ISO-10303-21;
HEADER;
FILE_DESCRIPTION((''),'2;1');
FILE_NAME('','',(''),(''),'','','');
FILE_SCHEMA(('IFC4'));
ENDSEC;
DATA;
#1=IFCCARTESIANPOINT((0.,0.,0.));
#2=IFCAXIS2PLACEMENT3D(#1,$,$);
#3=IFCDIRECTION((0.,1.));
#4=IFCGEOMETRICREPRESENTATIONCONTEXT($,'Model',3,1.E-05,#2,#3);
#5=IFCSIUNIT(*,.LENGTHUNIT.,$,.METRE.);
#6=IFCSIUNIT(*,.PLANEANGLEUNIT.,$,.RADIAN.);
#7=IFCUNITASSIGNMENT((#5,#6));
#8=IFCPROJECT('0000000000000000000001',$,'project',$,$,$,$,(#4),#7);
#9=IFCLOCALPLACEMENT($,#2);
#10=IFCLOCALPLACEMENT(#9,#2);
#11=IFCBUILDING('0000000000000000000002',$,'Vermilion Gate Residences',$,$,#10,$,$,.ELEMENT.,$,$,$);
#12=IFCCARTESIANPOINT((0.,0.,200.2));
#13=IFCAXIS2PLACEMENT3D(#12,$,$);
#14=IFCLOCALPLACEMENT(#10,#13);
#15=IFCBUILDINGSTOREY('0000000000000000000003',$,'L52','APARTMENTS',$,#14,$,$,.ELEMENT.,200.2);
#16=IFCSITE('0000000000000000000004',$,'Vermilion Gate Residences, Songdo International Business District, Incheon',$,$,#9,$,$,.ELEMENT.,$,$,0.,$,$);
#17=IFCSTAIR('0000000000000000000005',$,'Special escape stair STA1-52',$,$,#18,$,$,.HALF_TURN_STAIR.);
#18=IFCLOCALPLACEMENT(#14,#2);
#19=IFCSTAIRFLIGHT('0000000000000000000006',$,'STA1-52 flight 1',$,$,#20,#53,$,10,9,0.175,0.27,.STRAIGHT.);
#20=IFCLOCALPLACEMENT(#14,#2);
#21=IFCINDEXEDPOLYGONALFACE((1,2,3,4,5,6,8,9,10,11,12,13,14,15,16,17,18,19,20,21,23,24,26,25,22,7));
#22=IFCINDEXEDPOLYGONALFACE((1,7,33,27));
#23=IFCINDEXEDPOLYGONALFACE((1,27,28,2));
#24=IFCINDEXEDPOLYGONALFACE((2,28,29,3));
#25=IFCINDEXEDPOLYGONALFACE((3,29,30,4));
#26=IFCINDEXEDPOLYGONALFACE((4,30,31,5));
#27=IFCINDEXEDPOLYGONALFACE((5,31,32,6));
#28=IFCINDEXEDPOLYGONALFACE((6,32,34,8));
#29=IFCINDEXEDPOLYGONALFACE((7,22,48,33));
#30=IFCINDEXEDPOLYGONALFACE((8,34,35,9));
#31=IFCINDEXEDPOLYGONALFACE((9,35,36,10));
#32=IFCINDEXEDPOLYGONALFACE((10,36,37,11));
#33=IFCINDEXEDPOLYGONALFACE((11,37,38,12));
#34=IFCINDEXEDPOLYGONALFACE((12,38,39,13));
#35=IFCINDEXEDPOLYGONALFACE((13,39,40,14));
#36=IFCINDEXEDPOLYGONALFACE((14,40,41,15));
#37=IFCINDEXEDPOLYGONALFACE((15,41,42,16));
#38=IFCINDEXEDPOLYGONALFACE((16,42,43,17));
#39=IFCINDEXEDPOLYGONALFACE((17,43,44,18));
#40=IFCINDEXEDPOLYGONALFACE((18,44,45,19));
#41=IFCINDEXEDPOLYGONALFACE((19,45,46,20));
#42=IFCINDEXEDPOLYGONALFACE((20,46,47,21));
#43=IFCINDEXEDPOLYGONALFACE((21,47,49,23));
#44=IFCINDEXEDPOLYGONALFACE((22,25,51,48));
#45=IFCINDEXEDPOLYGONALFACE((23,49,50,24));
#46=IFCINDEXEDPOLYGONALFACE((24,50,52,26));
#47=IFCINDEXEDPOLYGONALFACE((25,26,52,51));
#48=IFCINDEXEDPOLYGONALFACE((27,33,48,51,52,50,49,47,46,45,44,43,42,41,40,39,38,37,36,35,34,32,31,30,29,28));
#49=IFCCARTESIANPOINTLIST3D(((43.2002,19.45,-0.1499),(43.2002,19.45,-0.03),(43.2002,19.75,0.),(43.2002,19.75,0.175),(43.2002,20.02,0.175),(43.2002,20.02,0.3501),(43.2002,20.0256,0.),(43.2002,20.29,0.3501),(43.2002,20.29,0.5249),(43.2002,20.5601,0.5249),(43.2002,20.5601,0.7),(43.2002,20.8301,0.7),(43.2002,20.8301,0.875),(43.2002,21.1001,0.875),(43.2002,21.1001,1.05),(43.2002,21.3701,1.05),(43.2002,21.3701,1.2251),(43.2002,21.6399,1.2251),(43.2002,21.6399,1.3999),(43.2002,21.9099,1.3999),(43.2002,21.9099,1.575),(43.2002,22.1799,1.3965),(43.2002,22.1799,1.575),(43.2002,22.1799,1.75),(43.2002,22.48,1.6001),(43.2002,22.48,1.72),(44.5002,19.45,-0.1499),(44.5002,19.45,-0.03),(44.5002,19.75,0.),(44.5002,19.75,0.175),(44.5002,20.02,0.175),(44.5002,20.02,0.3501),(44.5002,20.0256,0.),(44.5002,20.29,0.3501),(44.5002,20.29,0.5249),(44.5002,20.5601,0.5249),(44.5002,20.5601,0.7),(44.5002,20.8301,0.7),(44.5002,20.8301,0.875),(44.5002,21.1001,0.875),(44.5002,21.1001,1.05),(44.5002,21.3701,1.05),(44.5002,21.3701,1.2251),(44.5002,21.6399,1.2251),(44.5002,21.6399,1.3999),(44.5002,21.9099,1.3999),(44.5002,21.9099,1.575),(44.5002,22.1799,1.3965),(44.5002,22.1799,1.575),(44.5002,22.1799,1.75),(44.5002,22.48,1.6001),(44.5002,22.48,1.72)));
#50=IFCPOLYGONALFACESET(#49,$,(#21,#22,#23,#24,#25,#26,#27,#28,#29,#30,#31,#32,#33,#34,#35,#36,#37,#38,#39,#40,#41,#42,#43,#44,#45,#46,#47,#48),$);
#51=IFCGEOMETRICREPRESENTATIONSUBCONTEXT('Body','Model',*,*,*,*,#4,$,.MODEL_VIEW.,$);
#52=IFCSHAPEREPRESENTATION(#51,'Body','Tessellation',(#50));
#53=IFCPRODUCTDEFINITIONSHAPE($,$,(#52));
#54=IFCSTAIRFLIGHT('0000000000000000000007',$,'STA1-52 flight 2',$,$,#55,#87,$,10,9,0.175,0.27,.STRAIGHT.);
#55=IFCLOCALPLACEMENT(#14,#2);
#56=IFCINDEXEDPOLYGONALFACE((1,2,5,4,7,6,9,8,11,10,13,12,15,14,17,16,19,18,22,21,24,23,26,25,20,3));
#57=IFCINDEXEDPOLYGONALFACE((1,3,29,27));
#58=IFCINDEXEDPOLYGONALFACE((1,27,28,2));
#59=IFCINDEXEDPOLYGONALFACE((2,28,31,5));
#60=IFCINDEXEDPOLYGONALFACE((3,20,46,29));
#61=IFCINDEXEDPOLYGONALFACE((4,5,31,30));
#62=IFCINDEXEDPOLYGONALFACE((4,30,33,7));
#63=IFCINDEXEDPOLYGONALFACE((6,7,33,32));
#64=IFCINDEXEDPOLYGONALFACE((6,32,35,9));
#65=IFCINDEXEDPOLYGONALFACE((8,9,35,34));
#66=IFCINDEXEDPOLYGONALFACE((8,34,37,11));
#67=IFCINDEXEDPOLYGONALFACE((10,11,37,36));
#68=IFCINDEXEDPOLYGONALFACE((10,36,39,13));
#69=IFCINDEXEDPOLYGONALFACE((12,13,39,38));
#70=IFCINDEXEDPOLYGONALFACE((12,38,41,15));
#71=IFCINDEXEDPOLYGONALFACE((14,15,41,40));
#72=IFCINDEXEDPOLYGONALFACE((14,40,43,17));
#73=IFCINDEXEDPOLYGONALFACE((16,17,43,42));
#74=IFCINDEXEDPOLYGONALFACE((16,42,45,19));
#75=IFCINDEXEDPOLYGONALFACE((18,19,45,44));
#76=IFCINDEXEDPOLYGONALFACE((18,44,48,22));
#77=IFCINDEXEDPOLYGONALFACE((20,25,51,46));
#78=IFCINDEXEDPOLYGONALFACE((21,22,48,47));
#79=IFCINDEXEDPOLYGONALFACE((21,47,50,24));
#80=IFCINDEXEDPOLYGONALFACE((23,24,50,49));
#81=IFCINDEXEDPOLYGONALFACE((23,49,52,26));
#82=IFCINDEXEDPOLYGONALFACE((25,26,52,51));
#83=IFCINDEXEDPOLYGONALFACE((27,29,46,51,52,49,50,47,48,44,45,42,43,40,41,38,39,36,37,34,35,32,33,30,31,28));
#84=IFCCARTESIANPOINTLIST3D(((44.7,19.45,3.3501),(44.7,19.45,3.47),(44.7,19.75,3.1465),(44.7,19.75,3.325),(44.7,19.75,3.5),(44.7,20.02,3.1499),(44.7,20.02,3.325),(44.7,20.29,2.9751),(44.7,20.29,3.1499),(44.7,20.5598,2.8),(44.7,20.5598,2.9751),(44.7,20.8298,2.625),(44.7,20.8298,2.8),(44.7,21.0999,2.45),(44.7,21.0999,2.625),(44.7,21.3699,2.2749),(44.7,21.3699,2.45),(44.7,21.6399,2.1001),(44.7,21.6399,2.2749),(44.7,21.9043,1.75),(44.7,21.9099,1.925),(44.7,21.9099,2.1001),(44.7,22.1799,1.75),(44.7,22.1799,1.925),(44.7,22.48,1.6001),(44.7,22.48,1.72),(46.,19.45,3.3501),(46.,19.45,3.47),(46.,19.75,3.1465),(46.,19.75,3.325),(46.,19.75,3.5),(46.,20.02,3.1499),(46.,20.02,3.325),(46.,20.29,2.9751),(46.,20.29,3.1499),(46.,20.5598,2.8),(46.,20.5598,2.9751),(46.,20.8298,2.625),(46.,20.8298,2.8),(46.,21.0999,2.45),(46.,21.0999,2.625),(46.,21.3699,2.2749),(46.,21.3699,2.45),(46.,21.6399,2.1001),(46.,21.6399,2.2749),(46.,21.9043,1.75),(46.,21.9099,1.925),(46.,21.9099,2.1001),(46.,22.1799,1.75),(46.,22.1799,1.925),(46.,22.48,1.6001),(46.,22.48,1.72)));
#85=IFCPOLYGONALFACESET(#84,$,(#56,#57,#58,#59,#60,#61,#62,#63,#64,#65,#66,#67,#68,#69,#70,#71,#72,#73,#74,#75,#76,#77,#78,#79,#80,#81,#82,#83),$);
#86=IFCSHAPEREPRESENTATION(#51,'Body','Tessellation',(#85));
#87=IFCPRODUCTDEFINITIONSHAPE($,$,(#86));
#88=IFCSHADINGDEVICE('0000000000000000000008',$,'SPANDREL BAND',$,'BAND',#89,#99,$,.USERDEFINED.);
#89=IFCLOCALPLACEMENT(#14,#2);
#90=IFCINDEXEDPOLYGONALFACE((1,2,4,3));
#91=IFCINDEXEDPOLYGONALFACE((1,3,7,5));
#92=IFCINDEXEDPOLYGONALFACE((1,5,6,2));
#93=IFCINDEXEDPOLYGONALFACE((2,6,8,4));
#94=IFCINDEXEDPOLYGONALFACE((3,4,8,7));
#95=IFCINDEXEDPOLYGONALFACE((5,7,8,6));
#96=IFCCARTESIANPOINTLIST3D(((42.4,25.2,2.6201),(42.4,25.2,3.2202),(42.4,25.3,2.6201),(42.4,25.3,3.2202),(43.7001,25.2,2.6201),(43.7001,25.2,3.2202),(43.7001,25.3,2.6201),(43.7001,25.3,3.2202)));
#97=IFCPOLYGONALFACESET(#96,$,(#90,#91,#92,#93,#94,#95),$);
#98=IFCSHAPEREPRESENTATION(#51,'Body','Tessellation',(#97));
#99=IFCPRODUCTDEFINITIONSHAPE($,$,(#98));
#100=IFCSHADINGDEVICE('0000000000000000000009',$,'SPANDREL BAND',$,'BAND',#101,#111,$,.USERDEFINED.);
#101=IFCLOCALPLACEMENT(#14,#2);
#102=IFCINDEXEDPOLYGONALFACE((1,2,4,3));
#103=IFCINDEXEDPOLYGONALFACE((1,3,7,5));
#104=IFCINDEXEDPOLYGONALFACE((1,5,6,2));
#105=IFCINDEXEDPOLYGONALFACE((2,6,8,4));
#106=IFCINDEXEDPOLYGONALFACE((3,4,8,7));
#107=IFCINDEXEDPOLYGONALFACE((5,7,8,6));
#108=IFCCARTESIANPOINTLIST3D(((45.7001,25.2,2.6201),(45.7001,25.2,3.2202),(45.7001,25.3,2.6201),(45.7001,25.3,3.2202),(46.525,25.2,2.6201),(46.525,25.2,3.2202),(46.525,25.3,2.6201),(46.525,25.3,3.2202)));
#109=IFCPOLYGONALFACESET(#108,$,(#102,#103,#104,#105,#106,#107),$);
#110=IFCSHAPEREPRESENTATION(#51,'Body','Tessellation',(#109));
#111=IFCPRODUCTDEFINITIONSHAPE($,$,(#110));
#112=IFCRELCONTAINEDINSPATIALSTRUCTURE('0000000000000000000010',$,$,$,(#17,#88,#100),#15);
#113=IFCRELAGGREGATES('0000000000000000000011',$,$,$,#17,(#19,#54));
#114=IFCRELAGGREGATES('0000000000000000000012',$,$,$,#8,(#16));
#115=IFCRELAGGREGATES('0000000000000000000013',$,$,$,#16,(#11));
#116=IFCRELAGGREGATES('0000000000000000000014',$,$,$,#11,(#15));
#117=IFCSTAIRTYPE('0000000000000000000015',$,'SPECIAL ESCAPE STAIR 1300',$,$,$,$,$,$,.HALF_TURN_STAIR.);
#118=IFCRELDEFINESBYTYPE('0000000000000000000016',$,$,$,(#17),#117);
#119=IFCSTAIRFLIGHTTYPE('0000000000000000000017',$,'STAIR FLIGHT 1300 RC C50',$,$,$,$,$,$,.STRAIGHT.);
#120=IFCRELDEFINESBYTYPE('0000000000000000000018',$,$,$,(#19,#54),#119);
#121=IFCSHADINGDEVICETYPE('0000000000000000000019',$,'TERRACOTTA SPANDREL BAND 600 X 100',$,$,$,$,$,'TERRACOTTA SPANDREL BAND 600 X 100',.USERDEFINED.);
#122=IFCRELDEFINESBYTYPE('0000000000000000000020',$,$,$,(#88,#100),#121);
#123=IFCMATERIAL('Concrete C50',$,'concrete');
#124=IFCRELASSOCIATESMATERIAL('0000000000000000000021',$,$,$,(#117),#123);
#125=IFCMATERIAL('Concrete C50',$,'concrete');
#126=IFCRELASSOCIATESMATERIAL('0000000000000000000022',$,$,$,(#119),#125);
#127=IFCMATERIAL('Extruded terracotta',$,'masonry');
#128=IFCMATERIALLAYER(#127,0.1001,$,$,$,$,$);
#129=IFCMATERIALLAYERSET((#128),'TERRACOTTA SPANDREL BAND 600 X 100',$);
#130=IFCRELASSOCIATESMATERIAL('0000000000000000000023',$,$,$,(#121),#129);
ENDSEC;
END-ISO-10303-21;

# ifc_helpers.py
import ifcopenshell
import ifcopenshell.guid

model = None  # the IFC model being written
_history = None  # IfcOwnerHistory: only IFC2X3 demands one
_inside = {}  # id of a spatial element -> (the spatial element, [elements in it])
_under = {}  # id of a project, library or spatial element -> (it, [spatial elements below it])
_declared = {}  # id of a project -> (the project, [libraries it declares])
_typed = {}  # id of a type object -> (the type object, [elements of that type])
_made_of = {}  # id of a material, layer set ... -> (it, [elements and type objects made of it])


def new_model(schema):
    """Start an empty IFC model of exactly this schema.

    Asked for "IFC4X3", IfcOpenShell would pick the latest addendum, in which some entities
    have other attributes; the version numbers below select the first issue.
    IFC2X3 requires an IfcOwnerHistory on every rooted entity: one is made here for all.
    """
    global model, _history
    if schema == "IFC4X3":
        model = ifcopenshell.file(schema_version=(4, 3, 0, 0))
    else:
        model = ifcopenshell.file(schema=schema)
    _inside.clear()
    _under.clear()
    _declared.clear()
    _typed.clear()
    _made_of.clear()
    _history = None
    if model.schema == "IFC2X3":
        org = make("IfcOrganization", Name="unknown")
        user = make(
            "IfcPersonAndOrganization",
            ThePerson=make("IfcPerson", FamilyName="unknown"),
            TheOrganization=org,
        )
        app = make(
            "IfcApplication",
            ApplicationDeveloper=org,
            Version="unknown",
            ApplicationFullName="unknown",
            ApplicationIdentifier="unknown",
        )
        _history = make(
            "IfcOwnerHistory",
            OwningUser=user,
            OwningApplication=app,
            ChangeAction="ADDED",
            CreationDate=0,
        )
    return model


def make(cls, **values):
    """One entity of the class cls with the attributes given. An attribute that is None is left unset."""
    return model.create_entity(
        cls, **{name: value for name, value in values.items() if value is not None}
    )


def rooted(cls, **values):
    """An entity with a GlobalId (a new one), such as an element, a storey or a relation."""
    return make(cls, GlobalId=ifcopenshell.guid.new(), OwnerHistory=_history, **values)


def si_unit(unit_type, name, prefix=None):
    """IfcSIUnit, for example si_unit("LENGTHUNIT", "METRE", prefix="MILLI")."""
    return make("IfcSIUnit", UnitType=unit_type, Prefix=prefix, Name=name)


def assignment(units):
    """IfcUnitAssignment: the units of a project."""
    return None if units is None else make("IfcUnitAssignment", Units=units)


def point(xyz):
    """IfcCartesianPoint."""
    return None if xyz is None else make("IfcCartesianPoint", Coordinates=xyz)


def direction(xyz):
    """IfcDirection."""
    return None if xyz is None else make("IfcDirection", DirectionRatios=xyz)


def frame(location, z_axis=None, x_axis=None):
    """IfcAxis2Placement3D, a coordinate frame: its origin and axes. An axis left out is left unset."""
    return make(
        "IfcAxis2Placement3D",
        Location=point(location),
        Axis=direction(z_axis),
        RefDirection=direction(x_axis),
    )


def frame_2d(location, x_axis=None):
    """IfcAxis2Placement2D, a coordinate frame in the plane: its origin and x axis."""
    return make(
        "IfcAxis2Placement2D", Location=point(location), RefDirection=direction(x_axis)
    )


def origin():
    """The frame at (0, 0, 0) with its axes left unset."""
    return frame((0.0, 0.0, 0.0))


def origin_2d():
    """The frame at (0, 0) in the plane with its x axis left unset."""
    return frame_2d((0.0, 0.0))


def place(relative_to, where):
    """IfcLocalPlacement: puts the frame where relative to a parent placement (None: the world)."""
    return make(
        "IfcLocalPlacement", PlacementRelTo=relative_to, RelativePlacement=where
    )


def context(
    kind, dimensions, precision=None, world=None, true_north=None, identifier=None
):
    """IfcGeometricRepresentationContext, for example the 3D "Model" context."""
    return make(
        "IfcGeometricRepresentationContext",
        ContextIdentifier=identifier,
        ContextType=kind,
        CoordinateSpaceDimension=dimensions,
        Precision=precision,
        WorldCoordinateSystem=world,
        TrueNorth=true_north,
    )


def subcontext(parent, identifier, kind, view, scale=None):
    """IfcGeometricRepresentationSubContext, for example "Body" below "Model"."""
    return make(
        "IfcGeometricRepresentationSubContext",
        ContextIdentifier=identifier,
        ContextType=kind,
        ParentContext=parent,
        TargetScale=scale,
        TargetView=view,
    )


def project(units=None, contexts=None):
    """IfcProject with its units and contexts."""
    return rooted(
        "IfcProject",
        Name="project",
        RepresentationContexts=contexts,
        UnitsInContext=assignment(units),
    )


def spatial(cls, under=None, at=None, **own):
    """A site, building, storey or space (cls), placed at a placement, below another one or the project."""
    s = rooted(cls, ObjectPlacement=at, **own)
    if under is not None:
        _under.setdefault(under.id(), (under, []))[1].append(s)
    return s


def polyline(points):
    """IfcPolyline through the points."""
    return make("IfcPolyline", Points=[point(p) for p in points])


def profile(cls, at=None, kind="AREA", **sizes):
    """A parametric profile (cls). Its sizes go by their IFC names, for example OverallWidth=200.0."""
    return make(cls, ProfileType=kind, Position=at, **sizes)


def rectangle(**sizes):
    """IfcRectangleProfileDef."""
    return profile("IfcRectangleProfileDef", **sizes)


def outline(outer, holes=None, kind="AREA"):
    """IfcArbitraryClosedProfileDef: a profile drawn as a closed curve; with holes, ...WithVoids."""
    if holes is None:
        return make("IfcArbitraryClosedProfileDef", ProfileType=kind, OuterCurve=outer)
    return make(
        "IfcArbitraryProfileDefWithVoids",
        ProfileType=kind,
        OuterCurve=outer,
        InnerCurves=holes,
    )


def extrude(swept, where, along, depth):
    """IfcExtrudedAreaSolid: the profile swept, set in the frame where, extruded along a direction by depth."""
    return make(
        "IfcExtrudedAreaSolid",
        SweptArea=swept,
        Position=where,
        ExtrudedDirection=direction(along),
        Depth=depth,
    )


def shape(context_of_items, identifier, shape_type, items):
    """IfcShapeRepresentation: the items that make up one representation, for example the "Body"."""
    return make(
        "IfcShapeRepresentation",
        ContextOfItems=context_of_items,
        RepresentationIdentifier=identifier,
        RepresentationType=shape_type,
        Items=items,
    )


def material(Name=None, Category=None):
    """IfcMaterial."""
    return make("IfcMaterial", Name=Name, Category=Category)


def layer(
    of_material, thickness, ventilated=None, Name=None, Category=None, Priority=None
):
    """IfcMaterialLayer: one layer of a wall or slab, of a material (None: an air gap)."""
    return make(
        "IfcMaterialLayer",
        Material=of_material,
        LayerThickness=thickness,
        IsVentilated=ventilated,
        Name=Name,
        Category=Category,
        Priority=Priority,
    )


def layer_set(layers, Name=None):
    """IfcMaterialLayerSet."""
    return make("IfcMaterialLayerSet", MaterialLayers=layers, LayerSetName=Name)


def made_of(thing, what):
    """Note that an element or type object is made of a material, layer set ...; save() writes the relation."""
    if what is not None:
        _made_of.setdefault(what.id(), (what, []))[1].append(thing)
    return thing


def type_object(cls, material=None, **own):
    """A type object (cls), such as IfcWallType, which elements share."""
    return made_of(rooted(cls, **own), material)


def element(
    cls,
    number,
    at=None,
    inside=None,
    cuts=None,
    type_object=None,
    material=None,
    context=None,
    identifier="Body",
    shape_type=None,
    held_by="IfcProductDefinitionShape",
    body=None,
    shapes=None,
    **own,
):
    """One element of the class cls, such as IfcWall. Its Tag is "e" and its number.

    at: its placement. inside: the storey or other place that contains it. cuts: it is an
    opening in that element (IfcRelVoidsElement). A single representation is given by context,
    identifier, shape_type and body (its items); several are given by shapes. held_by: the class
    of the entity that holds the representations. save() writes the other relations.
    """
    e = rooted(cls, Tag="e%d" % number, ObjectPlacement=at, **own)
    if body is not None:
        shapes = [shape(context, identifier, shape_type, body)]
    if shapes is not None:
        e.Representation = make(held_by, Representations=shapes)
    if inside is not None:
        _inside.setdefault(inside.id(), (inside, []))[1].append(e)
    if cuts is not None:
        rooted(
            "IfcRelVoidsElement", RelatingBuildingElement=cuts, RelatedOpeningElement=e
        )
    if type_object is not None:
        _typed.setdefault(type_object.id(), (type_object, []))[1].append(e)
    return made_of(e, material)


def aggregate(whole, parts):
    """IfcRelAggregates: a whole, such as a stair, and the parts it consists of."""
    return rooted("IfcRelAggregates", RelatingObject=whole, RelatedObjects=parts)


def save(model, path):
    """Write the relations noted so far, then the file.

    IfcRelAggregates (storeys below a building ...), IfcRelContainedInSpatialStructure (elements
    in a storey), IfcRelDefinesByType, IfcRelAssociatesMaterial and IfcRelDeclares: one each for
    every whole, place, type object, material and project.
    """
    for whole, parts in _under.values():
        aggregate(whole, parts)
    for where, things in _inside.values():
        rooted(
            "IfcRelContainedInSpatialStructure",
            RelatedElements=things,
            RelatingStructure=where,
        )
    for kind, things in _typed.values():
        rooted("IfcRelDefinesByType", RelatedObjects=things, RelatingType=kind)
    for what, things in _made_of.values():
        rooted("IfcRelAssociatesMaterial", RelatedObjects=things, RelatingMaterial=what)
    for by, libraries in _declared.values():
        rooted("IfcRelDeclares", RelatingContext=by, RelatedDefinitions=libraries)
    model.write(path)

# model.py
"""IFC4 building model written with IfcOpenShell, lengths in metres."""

from ifc_helpers import new_model, si_unit, direction, frame, origin, origin_2d, place, context, subcontext, project, spatial, polyline, rectangle, outline, extrude, material, layer, layer_set, type_object, element, aggregate, save


model = new_model("IFC4")

# Units and contexts
model_context = context("Model", 3, precision=1e-05, world=origin(), true_north=direction((0.0, 1.0)))
body_context = subcontext(model_context, "Body", "Model", "MODEL_VIEW")
ifc_project = project(units=[si_unit("LENGTHUNIT", "METRE"), si_unit("PLANEANGLEUNIT", "RADIAN")], contexts=[model_context])

# Site, building, storey
site_placement = place(None, origin())
site = spatial("IfcSite", under=ifc_project, at=site_placement, Name="Vermilion Gate Residences, Songdo International Business District, Incheon", CompositionType="ELEMENT", RefElevation=0.0)
building_placement = place(site_placement, origin())
building = spatial("IfcBuilding", under=site, at=building_placement, Name="Vermilion Gate Residences", CompositionType="ELEMENT")
storey_placement = place(building_placement, frame((0.0, 0.0, 200.2)))
storey = spatial("IfcBuildingStorey", under=building, at=storey_placement, Name="L52", Description="APARTMENTS", CompositionType="ELEMENT", Elevation=200.2)

# Stair, stair flights
ifc_material_1 = material(Name="Concrete C50", Category="concrete")
stair_type = type_object("IfcStairType", Name="SPECIAL ESCAPE STAIR 1300", PredefinedType="HALF_TURN_STAIR", material=ifc_material_1)
stair_placement = place(storey_placement, origin())
stair = element("IfcStair", 1, at=stair_placement, inside=storey, type_object=stair_type, Name="Special escape stair STA1-52", PredefinedType="HALF_TURN_STAIR")
ifc_material_2 = material(Name="Concrete C50", Category="concrete")
stair_flight_type = type_object("IfcStairFlightType", Name="STAIR FLIGHT 1300 RC C50", PredefinedType="STRAIGHT", material=ifc_material_2)
stair_flight_1_placement = place(storey_placement, frame((43.8501, 19.75, 0.0), z_axis=(0.0, 0.0, 1.0), x_axis=(0.0, 1.0, 0.0)))
stair_flight_1 = element("IfcStairFlight", 2, at=stair_flight_1_placement, type_object=stair_flight_type, Name="STA1-52 flight 1", NumberOfRisers=10, NumberOfTreads=9, PredefinedType="STRAIGHT", RiserHeight=0.175, TreadLength=0.27, context=body_context, shape_type="SweptSolid", body=[
    extrude(outline(polyline([(-0.3, -0.1499), (-0.3, -0.03), (0.0, 0.0), (0.0, 0.175), (0.27, 0.175), (0.27, 0.3501), (0.54, 0.3501), (0.54, 0.5249), (0.8101, 0.5249), (0.8101, 0.7), (1.0801, 0.7), (1.0801, 0.875), (1.3501, 0.875), (1.3501, 1.05), (1.6201, 1.05), (1.6201, 1.2251), (1.8899, 1.2251), (1.8899, 1.3999), (2.1599, 1.3999), (2.1599, 1.575), (2.4299, 1.575), (2.4299, 1.75), (2.73, 1.72), (2.73, 1.6001), (2.4299, 1.3965), (0.2756, 0.0), (-0.3, -0.1499)])), frame((0.0, 0.6499, 0.0), z_axis=(0.0, -1.0, 0.0), x_axis=(1.0, 0.0, 0.0)), (0.0, 0.0, 1.0), 1.3),
])
stair_flight_2_placement = place(storey_placement, frame((45.3501, 22.1799, 1.75), z_axis=(0.0, 0.0, 1.0), x_axis=(0.0, -1.0, 0.0)))
stair_flight_2 = element("IfcStairFlight", 3, at=stair_flight_2_placement, type_object=stair_flight_type, Name="STA1-52 flight 2", NumberOfRisers=10, NumberOfTreads=9, PredefinedType="STRAIGHT", RiserHeight=0.175, TreadLength=0.27, context=body_context, shape_type="SweptSolid", body=[
    extrude(outline(polyline([(-0.3, -0.1499), (-0.3, -0.03), (0.0, 0.0), (0.0, 0.175), (0.27, 0.175), (0.27, 0.3501), (0.54, 0.3501), (0.54, 0.5249), (0.8101, 0.5249), (0.8101, 0.7), (1.0801, 0.7), (1.0801, 0.875), (1.3501, 0.875), (1.3501, 1.05), (1.6201, 1.05), (1.6201, 1.2251), (1.8899, 1.2251), (1.8899, 1.3999), (2.1599, 1.3999), (2.1599, 1.575), (2.4299, 1.575), (2.4299, 1.75), (2.73, 1.72), (2.73, 1.6001), (2.4299, 1.3965), (0.2756, 0.0), (-0.3, -0.1499)])), frame((0.0, 0.6499, 0.0), z_axis=(0.0, -1.0, 0.0), x_axis=(1.0, 0.0, 0.0)), (0.0, 0.0, 1.0), 1.3),
])
aggregate(stair, [stair_flight_1, stair_flight_2])

# Shading devices
ifc_material_3 = material(Name="Extruded terracotta", Category="masonry")
ifc_layer_1 = layer(ifc_material_3, 0.1001)
ifc_layer_set_1 = layer_set([ifc_layer_1], Name="TERRACOTTA SPANDREL BAND 600 X 100")
shading_device_type = type_object("IfcShadingDeviceType", Name="TERRACOTTA SPANDREL BAND 600 X 100", ElementType="TERRACOTTA SPANDREL BAND 600 X 100", PredefinedType="USERDEFINED", material=ifc_layer_set_1)
shading_device_1_placement = place(storey_placement, frame((43.05, 25.25, 2.6201), z_axis=(0.0, 0.0, 1.0), x_axis=(1.0, 0.0, 0.0)))
element("IfcShadingDevice", 4, at=shading_device_1_placement, inside=storey, type_object=shading_device_type, Name="SPANDREL BAND", ObjectType="BAND", PredefinedType="USERDEFINED", context=body_context, shape_type="SweptSolid", body=[
    extrude(rectangle(XDim=1.3, YDim=0.1001, at=origin_2d()), origin(), (0.0, 0.0, 1.0), 0.6001),
])
shading_device_2_placement = place(storey_placement, frame((46.1125, 25.25, 2.6201), z_axis=(0.0, 0.0, 1.0), x_axis=(1.0, 0.0, 0.0)))
element("IfcShadingDevice", 5, at=shading_device_2_placement, inside=storey, type_object=shading_device_type, Name="SPANDREL BAND", ObjectType="BAND", PredefinedType="USERDEFINED", context=body_context, shape_type="SweptSolid", body=[
    extrude(rectangle(XDim=0.825, YDim=0.1001, at=origin_2d()), origin(), (0.0, 0.0, 1.0), 0.6001),
])

save(model, "model.ifc")
